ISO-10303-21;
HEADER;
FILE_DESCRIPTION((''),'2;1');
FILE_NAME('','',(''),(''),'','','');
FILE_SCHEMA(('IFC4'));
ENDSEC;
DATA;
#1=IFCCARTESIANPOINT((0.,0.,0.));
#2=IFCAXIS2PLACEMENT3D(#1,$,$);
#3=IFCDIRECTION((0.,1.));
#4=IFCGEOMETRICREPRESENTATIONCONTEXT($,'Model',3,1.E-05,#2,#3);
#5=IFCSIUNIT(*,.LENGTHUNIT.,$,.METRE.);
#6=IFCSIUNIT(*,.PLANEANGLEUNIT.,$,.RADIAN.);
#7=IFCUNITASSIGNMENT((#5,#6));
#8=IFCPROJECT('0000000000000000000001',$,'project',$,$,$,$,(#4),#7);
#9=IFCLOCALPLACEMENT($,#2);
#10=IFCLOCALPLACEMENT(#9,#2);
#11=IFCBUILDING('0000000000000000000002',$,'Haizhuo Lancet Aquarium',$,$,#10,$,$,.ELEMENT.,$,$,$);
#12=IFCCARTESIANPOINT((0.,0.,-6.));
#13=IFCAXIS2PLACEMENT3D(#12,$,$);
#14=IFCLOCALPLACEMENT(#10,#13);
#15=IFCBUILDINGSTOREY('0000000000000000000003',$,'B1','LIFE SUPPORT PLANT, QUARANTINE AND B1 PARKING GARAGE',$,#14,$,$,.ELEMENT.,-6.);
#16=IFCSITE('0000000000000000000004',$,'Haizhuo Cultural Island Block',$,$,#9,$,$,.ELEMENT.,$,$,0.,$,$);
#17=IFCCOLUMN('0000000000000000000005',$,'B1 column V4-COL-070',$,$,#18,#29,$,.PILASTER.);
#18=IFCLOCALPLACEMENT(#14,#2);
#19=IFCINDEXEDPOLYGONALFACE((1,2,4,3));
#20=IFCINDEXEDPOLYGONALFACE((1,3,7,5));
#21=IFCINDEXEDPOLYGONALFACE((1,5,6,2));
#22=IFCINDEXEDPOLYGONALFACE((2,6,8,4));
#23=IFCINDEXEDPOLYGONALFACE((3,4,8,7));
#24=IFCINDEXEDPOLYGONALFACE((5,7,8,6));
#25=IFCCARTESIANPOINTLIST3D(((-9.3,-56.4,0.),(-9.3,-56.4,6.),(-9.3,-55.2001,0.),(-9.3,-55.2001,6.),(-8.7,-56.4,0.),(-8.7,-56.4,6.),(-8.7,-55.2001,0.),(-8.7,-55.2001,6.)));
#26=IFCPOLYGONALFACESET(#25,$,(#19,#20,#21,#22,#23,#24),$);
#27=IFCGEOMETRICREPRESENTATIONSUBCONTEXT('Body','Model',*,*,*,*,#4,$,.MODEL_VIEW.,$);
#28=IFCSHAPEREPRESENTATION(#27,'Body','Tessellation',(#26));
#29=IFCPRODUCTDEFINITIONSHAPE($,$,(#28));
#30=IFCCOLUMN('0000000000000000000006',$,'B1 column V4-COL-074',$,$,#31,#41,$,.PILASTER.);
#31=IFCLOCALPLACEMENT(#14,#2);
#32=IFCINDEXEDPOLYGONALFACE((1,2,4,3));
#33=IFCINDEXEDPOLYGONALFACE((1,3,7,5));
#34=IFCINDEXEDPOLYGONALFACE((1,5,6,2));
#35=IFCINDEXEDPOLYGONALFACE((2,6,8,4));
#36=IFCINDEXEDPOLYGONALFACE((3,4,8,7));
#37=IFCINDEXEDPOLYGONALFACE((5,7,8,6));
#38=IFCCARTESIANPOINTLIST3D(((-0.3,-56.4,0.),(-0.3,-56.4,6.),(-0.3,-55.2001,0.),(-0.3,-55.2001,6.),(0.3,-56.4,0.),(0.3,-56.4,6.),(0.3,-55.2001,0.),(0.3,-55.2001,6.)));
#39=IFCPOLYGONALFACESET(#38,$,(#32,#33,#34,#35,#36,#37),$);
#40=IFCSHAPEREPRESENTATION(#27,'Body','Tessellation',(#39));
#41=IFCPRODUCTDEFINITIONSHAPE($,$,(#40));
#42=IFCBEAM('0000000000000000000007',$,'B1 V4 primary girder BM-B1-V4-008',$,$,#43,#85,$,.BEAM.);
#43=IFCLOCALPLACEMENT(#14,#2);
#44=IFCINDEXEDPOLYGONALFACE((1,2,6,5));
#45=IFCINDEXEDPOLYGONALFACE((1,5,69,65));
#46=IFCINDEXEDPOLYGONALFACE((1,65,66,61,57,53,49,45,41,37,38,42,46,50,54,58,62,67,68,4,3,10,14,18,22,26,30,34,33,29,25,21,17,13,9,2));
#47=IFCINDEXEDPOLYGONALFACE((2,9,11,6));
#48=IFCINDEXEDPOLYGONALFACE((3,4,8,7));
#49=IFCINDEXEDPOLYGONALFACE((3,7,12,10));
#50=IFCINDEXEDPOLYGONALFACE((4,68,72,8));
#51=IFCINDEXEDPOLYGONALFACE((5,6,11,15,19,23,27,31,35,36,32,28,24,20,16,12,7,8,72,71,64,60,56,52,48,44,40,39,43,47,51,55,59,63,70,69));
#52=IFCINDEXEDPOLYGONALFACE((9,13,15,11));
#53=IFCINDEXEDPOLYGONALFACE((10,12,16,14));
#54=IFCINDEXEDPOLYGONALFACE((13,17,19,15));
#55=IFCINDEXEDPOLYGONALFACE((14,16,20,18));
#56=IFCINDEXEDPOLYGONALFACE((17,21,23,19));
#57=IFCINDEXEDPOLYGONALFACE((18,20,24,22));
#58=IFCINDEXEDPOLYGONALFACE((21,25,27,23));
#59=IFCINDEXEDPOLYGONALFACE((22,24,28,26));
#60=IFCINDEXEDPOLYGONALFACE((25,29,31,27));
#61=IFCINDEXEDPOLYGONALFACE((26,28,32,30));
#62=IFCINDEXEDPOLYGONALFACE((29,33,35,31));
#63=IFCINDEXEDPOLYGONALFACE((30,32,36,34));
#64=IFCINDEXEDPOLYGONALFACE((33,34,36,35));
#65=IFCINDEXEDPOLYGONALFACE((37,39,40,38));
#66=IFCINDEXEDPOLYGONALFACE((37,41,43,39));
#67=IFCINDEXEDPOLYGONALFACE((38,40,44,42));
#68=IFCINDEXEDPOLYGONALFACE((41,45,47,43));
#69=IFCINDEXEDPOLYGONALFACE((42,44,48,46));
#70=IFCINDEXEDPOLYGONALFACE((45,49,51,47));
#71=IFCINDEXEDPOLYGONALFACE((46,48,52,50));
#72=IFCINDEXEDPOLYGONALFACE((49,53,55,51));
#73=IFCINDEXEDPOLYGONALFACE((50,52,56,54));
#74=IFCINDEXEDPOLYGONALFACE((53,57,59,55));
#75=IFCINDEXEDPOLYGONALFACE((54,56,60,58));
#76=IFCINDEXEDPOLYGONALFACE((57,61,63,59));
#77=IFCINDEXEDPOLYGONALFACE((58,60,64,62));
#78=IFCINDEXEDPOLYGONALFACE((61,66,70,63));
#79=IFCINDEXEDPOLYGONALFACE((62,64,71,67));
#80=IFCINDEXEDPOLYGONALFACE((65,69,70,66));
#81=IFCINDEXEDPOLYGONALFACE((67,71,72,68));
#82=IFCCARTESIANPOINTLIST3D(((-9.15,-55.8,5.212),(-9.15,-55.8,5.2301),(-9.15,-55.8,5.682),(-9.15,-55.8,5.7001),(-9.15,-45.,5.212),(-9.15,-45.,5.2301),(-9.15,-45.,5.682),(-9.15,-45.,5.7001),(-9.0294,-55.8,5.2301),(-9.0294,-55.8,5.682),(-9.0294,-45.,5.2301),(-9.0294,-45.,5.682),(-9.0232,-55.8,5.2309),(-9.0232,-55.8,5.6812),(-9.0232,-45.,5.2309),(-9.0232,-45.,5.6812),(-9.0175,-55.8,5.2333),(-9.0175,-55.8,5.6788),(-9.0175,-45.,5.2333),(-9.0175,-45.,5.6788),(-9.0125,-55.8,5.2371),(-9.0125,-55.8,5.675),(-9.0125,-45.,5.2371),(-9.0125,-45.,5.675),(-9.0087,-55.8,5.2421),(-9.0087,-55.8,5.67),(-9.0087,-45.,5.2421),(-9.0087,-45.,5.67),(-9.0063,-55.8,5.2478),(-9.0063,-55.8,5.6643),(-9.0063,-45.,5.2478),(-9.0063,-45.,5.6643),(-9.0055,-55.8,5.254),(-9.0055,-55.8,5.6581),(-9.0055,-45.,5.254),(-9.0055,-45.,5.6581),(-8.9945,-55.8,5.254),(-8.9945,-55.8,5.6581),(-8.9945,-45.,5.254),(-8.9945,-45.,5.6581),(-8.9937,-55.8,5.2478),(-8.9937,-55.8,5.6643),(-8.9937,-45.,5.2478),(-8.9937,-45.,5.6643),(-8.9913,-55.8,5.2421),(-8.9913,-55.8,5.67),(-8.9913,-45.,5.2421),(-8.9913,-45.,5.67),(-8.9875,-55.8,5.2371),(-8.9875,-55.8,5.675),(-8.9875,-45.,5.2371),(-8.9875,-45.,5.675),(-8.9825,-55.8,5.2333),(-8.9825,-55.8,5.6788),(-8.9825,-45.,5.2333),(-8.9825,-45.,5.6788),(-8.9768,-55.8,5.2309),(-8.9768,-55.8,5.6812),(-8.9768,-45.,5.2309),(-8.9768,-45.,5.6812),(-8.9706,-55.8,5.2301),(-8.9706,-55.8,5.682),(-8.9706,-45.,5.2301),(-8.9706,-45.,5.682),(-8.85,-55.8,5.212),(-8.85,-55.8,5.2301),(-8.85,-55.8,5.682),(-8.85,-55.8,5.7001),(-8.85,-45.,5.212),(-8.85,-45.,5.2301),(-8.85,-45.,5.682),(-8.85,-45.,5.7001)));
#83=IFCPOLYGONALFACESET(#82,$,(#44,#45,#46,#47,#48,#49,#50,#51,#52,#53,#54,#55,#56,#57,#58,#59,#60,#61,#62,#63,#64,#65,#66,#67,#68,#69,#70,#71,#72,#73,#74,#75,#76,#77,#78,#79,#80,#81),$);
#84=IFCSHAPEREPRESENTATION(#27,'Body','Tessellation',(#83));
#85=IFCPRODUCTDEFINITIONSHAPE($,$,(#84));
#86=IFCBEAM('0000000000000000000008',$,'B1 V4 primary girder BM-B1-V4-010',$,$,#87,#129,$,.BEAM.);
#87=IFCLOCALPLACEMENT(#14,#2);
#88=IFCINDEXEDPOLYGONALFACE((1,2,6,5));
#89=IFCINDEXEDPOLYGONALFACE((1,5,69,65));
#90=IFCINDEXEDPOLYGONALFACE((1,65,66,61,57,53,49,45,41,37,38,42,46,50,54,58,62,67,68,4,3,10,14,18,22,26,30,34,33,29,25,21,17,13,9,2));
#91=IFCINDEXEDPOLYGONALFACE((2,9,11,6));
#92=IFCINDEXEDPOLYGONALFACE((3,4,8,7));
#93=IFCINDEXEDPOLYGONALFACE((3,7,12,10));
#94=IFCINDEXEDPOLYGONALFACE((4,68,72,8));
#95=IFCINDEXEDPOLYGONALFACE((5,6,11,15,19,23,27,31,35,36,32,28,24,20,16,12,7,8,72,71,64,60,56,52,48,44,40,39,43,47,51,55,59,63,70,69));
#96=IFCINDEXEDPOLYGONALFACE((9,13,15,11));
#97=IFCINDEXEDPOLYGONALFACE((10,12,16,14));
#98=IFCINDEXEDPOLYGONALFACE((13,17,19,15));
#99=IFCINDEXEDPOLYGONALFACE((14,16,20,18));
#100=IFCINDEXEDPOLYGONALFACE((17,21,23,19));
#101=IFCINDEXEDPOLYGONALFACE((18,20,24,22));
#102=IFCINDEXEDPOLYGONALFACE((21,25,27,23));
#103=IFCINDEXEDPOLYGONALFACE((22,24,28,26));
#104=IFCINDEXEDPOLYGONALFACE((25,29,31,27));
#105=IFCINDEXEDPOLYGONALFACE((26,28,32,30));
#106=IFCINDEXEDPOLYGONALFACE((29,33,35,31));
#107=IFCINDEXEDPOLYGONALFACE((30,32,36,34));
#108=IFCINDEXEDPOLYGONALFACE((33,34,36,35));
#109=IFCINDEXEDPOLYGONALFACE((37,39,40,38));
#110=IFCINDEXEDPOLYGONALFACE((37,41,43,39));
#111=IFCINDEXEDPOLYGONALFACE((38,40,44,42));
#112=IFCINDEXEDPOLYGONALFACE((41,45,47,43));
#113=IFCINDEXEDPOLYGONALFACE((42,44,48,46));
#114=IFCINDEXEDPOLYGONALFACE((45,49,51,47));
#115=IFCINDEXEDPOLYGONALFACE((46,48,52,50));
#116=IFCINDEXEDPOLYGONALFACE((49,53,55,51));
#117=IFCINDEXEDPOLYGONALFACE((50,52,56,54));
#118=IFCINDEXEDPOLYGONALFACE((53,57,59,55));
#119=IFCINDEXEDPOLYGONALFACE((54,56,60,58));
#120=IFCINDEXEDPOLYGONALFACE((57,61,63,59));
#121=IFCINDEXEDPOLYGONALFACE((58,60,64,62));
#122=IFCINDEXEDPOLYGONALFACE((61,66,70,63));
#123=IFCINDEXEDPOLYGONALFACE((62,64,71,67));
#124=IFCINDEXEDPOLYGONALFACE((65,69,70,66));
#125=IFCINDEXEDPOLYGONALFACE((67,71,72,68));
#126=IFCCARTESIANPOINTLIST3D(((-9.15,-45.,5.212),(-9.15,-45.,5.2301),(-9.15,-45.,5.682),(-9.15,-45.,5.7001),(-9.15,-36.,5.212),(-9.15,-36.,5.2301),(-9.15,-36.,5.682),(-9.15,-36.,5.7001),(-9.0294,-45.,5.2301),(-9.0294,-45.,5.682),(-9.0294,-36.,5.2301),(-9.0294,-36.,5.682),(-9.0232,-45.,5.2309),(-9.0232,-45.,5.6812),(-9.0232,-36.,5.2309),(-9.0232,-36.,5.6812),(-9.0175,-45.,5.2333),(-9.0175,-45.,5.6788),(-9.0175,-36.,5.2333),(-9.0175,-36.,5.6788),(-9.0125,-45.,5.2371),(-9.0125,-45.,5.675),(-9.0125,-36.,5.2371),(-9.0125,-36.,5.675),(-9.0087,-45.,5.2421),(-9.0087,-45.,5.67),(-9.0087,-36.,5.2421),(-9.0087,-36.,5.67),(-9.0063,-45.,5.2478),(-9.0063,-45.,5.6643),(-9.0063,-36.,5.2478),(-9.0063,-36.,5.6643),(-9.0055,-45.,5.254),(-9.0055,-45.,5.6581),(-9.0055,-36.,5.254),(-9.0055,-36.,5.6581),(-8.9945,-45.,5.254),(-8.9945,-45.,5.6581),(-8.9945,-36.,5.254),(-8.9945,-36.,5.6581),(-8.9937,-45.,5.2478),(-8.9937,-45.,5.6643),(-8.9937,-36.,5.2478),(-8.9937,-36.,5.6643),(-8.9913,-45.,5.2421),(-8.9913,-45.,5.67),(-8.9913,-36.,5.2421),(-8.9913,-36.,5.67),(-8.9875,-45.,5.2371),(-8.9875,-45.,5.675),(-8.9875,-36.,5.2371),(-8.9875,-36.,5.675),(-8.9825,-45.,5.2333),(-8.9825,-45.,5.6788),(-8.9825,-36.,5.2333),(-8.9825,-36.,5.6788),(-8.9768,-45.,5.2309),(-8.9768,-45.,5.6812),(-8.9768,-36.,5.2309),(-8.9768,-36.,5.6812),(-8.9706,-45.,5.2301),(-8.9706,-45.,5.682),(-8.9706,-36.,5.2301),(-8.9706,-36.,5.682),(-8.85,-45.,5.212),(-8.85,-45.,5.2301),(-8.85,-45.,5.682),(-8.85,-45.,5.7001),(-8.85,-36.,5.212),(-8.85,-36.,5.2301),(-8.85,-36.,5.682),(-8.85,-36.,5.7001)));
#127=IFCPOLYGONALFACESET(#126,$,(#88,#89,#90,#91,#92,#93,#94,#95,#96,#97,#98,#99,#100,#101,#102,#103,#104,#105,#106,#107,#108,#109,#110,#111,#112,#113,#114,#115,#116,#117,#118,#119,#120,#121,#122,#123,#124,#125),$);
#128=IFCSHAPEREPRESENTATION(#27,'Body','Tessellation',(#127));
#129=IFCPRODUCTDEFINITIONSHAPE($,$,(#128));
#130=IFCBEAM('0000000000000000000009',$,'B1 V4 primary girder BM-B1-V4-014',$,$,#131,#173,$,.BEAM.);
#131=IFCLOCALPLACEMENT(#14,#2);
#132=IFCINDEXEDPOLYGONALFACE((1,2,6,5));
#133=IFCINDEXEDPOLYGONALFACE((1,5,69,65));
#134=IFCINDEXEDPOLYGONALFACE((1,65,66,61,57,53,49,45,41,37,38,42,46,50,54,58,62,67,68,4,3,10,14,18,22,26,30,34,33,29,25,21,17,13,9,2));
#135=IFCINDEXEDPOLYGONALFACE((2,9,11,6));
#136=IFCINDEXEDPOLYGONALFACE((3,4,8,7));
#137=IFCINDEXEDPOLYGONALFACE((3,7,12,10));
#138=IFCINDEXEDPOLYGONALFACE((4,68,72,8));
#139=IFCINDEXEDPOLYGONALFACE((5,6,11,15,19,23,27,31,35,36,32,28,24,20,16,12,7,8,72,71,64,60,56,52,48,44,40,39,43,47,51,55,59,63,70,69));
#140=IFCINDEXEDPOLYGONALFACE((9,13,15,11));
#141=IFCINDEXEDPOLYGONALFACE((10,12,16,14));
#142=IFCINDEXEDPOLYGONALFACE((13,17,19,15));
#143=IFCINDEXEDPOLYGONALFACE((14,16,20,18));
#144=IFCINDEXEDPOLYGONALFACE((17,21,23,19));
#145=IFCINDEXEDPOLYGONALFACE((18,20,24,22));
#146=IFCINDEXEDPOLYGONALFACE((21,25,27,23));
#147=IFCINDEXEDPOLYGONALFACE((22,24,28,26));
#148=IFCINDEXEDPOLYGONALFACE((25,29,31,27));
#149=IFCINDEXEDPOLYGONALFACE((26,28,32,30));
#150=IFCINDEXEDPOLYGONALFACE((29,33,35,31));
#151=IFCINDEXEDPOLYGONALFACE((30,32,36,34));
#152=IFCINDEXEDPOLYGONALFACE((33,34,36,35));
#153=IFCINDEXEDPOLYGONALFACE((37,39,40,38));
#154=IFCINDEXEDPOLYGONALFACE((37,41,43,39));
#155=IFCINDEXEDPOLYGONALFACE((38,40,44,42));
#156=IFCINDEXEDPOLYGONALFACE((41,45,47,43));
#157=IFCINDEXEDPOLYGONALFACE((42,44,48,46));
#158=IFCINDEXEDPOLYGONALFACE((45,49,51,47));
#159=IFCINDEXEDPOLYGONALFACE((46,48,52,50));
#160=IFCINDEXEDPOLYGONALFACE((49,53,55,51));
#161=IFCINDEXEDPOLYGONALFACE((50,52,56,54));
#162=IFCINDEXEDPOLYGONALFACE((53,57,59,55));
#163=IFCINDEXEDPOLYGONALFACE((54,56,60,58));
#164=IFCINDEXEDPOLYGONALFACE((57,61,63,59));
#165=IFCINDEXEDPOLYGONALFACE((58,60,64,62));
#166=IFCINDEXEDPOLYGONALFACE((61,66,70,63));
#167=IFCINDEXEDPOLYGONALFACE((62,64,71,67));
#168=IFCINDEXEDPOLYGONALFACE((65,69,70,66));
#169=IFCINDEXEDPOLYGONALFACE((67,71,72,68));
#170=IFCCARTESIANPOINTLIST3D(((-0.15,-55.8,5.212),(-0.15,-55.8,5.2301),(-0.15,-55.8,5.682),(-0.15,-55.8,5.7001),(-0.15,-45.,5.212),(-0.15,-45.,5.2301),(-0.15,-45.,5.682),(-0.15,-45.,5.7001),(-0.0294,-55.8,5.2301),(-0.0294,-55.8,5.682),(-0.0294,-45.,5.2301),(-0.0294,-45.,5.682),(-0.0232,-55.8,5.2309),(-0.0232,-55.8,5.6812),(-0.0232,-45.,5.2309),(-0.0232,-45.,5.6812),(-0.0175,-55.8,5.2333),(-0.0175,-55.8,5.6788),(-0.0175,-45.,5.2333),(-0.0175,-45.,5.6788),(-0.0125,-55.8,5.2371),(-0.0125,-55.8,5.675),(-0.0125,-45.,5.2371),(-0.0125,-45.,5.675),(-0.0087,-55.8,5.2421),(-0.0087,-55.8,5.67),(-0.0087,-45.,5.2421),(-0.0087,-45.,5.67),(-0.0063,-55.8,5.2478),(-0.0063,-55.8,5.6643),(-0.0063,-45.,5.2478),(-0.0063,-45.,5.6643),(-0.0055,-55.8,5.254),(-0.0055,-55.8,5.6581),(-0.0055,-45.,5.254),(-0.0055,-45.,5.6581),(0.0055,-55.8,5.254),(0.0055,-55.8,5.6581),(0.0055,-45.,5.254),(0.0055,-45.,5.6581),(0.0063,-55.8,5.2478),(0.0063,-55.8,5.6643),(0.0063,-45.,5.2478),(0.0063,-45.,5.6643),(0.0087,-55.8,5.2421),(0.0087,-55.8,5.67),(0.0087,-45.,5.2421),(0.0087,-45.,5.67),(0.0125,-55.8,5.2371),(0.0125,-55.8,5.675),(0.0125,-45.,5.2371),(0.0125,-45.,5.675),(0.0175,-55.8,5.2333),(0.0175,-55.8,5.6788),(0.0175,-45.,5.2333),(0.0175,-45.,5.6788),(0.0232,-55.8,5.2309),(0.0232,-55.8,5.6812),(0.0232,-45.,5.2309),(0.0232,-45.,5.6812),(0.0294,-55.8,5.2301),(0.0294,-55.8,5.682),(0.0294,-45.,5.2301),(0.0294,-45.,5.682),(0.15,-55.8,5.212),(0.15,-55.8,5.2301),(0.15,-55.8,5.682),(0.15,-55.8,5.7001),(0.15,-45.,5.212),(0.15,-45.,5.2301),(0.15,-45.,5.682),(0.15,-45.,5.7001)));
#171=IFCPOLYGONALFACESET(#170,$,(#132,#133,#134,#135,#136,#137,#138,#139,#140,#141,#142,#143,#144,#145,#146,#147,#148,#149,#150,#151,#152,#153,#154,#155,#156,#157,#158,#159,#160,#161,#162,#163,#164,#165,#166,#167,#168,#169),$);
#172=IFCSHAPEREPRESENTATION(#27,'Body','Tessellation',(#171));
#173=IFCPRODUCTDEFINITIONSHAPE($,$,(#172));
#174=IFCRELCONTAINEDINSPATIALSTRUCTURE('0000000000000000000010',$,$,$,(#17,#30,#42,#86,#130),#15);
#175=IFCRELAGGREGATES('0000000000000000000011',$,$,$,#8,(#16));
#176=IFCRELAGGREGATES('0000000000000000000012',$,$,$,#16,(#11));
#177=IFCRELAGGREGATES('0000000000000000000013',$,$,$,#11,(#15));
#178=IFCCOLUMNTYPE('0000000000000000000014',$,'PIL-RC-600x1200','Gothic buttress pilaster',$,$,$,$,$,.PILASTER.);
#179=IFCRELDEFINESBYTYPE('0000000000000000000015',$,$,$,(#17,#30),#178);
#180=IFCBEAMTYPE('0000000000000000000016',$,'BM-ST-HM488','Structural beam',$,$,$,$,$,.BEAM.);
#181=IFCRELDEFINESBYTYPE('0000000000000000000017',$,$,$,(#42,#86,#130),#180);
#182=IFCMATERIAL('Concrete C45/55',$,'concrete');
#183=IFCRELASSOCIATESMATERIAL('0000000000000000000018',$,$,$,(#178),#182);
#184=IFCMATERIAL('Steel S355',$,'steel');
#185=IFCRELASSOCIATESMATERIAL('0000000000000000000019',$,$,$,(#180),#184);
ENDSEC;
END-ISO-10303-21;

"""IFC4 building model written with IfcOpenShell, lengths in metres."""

from ifc_helpers import new_model, si_unit, direction, frame, origin, origin_2d, place, context, subcontext, project, spatial, rectangle, i_section, extrude, material, material_profile, profile_set, type_object, element, save


model = new_model("IFC4")

# Units and contexts
model_context = context("Model", 3, precision=1e-05, world=origin(), true_north=direction((0.0, 1.0)))
body_context = subcontext(model_context, "Body", "Model", "MODEL_VIEW")
ifc_project = project(units=[si_unit("LENGTHUNIT", "METRE"), si_unit("PLANEANGLEUNIT", "RADIAN")], contexts=[model_context])

# Site, building, storey
site_placement = place(None, origin())
site = spatial("IfcSite", under=ifc_project, at=site_placement, Name="Haizhuo Cultural Island Block", CompositionType="ELEMENT", RefElevation=0.0)
building_placement = place(site_placement, origin())
building = spatial("IfcBuilding", under=site, at=building_placement, Name="Haizhuo Lancet Aquarium", CompositionType="ELEMENT")
storey_placement = place(building_placement, frame((0.0, 0.0, -6.0)))
storey = spatial("IfcBuildingStorey", under=building, at=storey_placement, Name="B1", Description="LIFE SUPPORT PLANT, QUARANTINE AND B1 PARKING GARAGE", CompositionType="ELEMENT", Elevation=-6.0)

# Columns
ifc_material_1 = material(Name="Concrete C45/55", Category="concrete")
ifc_material_profile_1 = material_profile(ifc_material_1, rectangle(XDim=0.6001, YDim=1.2, at=origin_2d()), Name="RC-PIL 600x1200")
ifc_profile_set_1 = profile_set([ifc_material_profile_1], Name="Concrete C45/55")
column_type_1 = type_object("IfcColumnType", Name="PIL-RC-600x1200", Description="Gothic buttress pilaster", PredefinedType="PILASTER", material=ifc_profile_set_1)
for number, where, z_axis, x_axis, name in (
    (1, (-9.0, -55.8, 0.0), (0.0, 0.0, 1.0), (1.0, 0.0, 0.0), "B1 column V4-COL-070"),
    (2, (0.0, -55.8, 0.0), (0.0, 0.0, 1.0), (1.0, 0.0, 0.0), "B1 column V4-COL-074"),
):
    element("IfcColumn", number, at=place(storey_placement, frame(where, z_axis=z_axis, x_axis=x_axis)), inside=storey, type_object=column_type_1, Name=name, PredefinedType="PILASTER", context=body_context, shape_type="SweptSolid", body=[
        extrude(rectangle(XDim=0.6001, YDim=1.2, at=origin_2d()), origin(), (0.0, 0.0, 1.0), 6.0),
    ])

# Beams
ifc_material_2 = material(Name="Steel S355", Category="steel")
ifc_material_profile_2 = material_profile(ifc_material_2, i_section(OverallWidth=0.3, OverallDepth=0.488, WebThickness=0.011, FlangeThickness=0.0181, FilletRadius=0.0239, at=origin_2d()), Name="HM 488x300x11x18")
ifc_profile_set_2 = profile_set([ifc_material_profile_2], Name="Steel S355")
beam_type_1 = type_object("IfcBeamType", Name="BM-ST-HM488", Description="Structural beam", PredefinedType="BEAM", material=ifc_profile_set_2)
beam_1_placement = place(storey_placement, frame((-9.0, -55.8, 5.4561), z_axis=(0.0, 1.0, 0.0), x_axis=(-1.0, 0.0, 0.0)))
element("IfcBeam", 3, at=beam_1_placement, inside=storey, type_object=beam_type_1, Name="B1 V4 primary girder BM-B1-V4-008", PredefinedType="BEAM", context=body_context, shape_type="SweptSolid", body=[
    extrude(i_section(OverallWidth=0.3, OverallDepth=0.488, WebThickness=0.011, FlangeThickness=0.0181, FilletRadius=0.0239, at=origin_2d()), origin(), (0.0, 0.0, 1.0), 10.8),
])
beam_2_placement = place(storey_placement, frame((-9.0, -45.0, 5.4561), z_axis=(0.0, 1.0, 0.0), x_axis=(-1.0, 0.0, 0.0)))
element("IfcBeam", 4, at=beam_2_placement, inside=storey, type_object=beam_type_1, Name="B1 V4 primary girder BM-B1-V4-010", PredefinedType="BEAM", context=body_context, shape_type="SweptSolid", body=[
    extrude(i_section(OverallWidth=0.3, OverallDepth=0.488, WebThickness=0.011, FlangeThickness=0.0181, FilletRadius=0.0239, at=origin_2d()), origin(), (0.0, 0.0, 1.0), 9.0),
])
beam_3_placement = place(storey_placement, frame((0.0, -55.8, 5.4561), z_axis=(0.0, 1.0, 0.0), x_axis=(-1.0, 0.0, 0.0)))
element("IfcBeam", 5, at=beam_3_placement, inside=storey, type_object=beam_type_1, Name="B1 V4 primary girder BM-B1-V4-014", PredefinedType="BEAM", context=body_context, shape_type="SweptSolid", body=[
    extrude(i_section(OverallWidth=0.3, OverallDepth=0.488, WebThickness=0.011, FlangeThickness=0.0181, FilletRadius=0.0239, at=origin_2d()), origin(), (0.0, 0.0, 1.0), 10.8),
])

save(model, "model.ifc")
